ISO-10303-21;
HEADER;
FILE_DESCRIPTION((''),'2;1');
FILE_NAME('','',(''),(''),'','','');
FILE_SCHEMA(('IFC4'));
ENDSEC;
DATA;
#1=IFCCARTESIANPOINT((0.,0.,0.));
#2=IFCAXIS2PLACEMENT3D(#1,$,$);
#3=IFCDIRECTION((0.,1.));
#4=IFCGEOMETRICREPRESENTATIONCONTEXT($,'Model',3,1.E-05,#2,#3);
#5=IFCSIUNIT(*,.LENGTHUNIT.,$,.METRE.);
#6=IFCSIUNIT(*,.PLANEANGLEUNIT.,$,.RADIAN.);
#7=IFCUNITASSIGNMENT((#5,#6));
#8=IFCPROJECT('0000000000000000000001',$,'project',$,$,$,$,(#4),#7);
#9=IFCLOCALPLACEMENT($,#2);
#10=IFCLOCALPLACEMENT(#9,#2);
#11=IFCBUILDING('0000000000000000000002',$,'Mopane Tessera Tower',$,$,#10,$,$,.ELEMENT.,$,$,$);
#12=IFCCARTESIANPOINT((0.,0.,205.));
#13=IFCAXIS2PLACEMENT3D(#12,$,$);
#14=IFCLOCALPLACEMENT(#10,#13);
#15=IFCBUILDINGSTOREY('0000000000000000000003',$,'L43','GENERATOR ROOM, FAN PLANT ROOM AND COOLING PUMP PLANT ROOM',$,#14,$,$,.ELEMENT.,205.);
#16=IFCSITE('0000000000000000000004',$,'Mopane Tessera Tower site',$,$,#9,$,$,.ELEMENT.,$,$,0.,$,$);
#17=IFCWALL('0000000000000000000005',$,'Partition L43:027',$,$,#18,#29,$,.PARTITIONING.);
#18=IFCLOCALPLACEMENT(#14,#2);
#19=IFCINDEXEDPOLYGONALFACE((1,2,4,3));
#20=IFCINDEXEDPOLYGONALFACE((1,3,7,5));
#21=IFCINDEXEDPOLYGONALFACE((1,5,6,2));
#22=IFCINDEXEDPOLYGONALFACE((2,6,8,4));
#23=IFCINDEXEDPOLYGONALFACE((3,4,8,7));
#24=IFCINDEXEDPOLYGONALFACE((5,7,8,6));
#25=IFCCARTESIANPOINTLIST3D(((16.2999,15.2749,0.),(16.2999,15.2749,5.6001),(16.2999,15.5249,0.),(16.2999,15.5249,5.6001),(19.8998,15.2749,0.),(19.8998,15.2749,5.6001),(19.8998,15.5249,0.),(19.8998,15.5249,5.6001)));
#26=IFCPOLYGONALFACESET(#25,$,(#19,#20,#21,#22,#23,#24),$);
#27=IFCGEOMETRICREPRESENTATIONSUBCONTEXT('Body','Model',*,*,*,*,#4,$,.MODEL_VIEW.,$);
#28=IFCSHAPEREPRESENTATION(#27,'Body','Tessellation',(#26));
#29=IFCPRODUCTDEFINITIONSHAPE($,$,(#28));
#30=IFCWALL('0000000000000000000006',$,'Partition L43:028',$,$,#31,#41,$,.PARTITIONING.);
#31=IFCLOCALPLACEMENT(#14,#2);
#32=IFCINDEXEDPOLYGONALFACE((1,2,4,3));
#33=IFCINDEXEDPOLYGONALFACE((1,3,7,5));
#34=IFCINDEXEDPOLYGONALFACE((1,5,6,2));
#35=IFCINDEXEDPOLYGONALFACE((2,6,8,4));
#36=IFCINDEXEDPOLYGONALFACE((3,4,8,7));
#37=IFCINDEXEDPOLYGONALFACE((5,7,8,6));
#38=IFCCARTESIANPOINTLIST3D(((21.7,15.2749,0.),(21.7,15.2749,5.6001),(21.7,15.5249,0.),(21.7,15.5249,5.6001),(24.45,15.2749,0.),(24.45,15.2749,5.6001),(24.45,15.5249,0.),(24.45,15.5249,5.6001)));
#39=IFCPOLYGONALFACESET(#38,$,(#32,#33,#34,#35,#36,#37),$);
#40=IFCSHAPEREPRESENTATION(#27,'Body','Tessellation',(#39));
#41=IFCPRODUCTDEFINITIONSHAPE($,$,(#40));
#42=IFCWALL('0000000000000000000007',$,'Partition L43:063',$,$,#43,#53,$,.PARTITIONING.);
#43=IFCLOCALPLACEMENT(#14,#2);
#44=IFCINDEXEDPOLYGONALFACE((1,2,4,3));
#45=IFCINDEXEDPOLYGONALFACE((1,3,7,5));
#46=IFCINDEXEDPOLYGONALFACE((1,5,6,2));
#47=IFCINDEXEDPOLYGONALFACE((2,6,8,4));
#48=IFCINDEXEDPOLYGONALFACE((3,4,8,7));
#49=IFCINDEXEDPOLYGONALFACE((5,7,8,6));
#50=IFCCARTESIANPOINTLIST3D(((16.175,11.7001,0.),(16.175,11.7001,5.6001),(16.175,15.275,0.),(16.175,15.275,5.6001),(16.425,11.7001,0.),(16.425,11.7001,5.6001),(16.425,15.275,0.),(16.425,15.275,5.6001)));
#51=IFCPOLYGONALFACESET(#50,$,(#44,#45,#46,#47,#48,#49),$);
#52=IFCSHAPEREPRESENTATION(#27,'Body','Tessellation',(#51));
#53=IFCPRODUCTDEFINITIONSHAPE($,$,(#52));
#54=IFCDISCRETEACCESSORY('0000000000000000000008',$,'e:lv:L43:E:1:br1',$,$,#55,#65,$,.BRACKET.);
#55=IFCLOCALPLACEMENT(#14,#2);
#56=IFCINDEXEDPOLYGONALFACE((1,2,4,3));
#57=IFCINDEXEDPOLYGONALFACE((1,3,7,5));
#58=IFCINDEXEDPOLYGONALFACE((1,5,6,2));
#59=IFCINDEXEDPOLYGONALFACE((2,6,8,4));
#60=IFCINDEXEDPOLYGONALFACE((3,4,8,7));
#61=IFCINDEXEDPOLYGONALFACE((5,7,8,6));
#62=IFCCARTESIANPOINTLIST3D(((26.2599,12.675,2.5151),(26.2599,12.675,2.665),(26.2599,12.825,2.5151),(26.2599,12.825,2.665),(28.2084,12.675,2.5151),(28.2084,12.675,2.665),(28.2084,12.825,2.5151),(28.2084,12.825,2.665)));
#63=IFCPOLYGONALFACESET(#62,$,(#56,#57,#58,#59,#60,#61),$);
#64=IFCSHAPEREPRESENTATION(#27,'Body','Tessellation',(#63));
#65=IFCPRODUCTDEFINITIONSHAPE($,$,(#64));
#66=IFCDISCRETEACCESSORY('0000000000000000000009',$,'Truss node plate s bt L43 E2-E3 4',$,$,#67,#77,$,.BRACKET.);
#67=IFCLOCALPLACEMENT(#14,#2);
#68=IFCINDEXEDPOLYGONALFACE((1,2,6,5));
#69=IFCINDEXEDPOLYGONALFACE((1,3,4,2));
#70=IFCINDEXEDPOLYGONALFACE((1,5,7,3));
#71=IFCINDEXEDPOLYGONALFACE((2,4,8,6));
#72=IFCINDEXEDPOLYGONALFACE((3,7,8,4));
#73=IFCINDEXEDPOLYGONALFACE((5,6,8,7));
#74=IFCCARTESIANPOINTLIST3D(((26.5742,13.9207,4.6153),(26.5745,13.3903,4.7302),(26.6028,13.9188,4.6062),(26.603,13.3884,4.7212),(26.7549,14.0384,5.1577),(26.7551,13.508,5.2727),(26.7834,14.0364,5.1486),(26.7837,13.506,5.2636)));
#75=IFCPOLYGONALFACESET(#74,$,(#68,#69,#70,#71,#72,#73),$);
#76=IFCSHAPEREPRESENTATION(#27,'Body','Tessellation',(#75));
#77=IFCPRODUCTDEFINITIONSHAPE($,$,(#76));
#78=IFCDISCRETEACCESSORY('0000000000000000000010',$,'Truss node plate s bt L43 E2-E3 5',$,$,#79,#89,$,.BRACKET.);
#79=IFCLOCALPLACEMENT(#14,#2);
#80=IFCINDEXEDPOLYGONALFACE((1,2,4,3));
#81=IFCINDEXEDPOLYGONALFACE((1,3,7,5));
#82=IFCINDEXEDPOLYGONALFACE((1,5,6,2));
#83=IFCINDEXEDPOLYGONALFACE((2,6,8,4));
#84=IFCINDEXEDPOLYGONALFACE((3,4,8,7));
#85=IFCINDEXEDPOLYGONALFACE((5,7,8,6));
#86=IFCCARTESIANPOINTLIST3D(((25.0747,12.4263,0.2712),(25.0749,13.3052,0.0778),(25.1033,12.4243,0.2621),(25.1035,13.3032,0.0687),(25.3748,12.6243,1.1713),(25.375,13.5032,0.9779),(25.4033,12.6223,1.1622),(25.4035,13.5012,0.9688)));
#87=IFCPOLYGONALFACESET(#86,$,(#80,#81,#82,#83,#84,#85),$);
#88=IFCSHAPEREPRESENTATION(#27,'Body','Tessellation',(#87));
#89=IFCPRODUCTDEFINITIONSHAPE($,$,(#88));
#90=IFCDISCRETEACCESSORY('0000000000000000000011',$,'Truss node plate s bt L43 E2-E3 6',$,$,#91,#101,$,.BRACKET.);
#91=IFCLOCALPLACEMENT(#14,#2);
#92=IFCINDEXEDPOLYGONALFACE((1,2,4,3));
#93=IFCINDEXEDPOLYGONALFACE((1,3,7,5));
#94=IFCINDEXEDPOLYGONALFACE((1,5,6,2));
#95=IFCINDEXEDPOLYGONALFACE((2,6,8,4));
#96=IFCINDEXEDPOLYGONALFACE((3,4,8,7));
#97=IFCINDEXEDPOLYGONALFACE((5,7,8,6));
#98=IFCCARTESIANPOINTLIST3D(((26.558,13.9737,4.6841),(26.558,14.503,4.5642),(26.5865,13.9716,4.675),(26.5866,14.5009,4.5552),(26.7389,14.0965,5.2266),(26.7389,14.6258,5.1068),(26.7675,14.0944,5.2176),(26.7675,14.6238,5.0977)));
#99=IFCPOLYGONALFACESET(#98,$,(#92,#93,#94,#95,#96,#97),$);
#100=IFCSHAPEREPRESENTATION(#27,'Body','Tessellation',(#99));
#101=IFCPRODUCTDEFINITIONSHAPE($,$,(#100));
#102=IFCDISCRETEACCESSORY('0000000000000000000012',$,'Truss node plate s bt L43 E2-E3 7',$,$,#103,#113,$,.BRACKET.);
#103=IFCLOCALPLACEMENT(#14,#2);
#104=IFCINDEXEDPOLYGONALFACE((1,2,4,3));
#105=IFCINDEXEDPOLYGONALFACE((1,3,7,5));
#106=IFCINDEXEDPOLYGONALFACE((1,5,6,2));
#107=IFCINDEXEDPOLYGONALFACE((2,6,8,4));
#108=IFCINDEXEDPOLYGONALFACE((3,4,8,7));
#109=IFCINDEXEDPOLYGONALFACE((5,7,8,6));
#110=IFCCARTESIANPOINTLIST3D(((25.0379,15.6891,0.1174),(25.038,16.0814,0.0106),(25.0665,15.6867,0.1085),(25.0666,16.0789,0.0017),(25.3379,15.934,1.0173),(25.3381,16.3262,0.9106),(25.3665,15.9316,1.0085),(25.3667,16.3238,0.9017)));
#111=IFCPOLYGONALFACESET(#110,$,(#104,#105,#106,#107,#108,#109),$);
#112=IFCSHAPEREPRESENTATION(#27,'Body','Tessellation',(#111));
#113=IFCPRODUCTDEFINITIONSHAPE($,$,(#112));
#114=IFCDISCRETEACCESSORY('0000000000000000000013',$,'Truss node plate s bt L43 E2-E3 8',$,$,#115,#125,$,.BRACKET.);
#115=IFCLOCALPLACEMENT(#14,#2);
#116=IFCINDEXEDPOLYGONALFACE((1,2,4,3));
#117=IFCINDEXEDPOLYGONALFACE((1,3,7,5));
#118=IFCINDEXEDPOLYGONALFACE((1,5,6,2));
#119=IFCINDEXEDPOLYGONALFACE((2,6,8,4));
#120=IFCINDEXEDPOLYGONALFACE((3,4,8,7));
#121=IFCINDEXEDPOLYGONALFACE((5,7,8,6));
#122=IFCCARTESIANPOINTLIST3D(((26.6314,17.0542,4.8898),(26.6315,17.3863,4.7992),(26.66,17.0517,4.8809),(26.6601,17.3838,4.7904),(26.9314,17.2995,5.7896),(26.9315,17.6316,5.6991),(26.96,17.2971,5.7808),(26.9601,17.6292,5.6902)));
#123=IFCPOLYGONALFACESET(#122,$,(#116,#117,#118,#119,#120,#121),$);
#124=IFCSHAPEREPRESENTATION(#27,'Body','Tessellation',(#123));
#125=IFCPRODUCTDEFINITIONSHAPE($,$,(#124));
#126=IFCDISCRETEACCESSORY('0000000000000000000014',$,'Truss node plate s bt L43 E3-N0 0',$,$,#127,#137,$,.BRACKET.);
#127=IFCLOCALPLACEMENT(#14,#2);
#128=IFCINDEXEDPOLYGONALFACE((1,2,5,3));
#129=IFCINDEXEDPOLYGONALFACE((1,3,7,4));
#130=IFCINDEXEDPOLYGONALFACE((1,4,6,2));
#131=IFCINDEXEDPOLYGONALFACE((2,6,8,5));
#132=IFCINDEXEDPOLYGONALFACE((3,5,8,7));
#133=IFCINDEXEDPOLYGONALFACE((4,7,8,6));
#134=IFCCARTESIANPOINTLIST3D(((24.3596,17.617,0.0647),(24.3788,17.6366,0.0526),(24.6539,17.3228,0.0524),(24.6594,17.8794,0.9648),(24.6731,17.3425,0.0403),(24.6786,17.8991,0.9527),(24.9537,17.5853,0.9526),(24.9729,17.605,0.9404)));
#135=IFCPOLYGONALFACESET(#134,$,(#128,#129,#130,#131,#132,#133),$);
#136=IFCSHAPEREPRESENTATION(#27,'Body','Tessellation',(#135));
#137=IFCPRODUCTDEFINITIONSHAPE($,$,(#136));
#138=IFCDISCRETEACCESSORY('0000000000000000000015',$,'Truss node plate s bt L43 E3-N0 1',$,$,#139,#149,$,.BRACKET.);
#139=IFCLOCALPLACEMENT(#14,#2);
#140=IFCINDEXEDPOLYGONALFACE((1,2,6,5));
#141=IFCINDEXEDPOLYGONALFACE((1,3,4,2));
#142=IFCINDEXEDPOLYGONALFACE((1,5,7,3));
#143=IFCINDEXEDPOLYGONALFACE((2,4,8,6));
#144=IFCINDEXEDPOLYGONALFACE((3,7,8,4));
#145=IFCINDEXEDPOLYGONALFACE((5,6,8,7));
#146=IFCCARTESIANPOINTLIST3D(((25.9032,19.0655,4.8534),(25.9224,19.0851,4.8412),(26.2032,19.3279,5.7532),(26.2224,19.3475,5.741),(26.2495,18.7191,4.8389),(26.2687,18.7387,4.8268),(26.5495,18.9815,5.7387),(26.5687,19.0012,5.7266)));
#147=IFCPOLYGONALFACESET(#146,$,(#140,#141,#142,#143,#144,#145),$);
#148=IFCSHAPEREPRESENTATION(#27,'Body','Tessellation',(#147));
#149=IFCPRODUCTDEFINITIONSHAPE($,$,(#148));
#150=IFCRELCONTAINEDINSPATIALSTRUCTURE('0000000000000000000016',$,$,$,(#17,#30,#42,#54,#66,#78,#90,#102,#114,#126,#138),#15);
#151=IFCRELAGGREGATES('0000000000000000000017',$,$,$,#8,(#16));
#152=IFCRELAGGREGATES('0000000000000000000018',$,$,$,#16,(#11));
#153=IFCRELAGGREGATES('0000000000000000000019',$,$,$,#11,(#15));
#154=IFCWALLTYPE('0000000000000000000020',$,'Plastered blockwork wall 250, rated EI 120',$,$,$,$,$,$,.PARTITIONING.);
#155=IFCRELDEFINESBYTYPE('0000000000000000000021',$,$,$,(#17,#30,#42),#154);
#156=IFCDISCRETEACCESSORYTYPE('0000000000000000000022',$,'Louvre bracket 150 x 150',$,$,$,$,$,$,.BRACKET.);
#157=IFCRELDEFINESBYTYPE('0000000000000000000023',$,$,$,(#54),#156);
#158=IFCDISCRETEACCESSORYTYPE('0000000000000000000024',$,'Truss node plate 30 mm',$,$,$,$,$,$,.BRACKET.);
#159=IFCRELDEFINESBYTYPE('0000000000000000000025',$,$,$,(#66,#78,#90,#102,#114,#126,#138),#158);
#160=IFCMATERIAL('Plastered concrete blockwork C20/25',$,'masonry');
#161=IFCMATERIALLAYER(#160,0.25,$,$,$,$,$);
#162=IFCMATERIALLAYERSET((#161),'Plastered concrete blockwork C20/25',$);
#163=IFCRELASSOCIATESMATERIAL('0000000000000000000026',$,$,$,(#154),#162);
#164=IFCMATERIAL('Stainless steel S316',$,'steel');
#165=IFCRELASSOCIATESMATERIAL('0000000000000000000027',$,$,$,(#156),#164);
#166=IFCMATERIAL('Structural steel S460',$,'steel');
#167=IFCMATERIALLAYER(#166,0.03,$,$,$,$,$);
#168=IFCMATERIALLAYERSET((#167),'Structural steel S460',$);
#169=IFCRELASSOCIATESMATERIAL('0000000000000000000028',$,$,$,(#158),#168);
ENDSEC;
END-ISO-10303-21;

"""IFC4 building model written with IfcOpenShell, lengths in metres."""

from ifc_helpers import new_model, si_unit, direction, frame, frame_2d, origin, origin_2d, place, context, subcontext, project, spatial, rectangle, extrude, material, layer, layer_set, type_object, element, save


model = new_model("IFC4")

# Units and contexts
model_context = context("Model", 3, precision=1e-05, world=origin(), true_north=direction((0.0, 1.0)))
body_context = subcontext(model_context, "Body", "Model", "MODEL_VIEW")
ifc_project = project(units=[si_unit("LENGTHUNIT", "METRE"), si_unit("PLANEANGLEUNIT", "RADIAN")], contexts=[model_context])

# Site, building, storey
site_placement = place(None, origin())
site = spatial("IfcSite", under=ifc_project, at=site_placement, Name="Mopane Tessera Tower site", CompositionType="ELEMENT", RefElevation=0.0)
building_placement = place(site_placement, origin())
building = spatial("IfcBuilding", under=site, at=building_placement, Name="Mopane Tessera Tower", CompositionType="ELEMENT")
storey_placement = place(building_placement, frame((0.0, 0.0, 205.0)))
storey = spatial("IfcBuildingStorey", under=building, at=storey_placement, Name="L43", Description="GENERATOR ROOM, FAN PLANT ROOM AND COOLING PUMP PLANT ROOM", CompositionType="ELEMENT", Elevation=205.0)

# Walls
ifc_material_1 = material(Name="Plastered concrete blockwork C20/25", Category="masonry")
ifc_layer_1 = layer(ifc_material_1, 0.25)
ifc_layer_set_1 = layer_set([ifc_layer_1], Name="Plastered concrete blockwork C20/25")
wall_type_1 = type_object("IfcWallType", Name="Plastered blockwork wall 250, rated EI 120", PredefinedType="PARTITIONING", material=ifc_layer_set_1)
wall_1_placement = place(storey_placement, frame((16.3, 15.3999, 0.0), z_axis=(0.0, 0.0, 1.0), x_axis=(1.0, 0.0, 0.0)))
element("IfcWall", 1, at=wall_1_placement, inside=storey, type_object=wall_type_1, Name="Partition L43:027", PredefinedType="PARTITIONING", context=body_context, shape_type="SweptSolid", body=[
    extrude(rectangle(XDim=3.5999, YDim=0.25, at=frame_2d((1.7998, 0.0))), origin(), (0.0, 0.0, 1.0), 5.6001),
])
wall_2_placement = place(storey_placement, frame((21.7, 15.3999, 0.0), z_axis=(0.0, 0.0, 1.0), x_axis=(1.0, 0.0, 0.0)))
element("IfcWall", 2, at=wall_2_placement, inside=storey, type_object=wall_type_1, Name="Partition L43:028", PredefinedType="PARTITIONING", context=body_context, shape_type="SweptSolid", body=[
    extrude(rectangle(XDim=2.75, YDim=0.25, at=frame_2d((1.375, 0.0))), origin(), (0.0, 0.0, 1.0), 5.6001),
])
wall_3_placement = place(storey_placement, frame((16.3, 11.7, 0.0), z_axis=(0.0, 0.0, 1.0), x_axis=(0.0, 1.0, 0.0)))
element("IfcWall", 3, at=wall_3_placement, inside=storey, type_object=wall_type_1, Name="Partition L43:063", PredefinedType="PARTITIONING", context=body_context, shape_type="SweptSolid", body=[
    extrude(rectangle(XDim=3.575, YDim=0.25, at=frame_2d((1.7876, 0.0))), origin(), (0.0, 0.0, 1.0), 5.6001),
])

# Discrete accessories
ifc_material_2 = material(Name="Stainless steel S316", Category="steel")
discrete_accessory_type_1 = type_object("IfcDiscreteAccessoryType", Name="Louvre bracket 150 x 150", PredefinedType="BRACKET", material=ifc_material_2)
discrete_accessory_1_placement = place(storey_placement, frame((27.2341, 12.75, 2.5151), z_axis=(0.0, 0.0, 1.0), x_axis=(1.0, 0.0, 0.0)))
element("IfcDiscreteAccessory", 4, at=discrete_accessory_1_placement, inside=storey, type_object=discrete_accessory_type_1, Name="e:lv:L43:E:1:br1", PredefinedType="BRACKET", context=body_context, shape_type="SweptSolid", body=[
    extrude(rectangle(XDim=1.9485, YDim=0.1499, at=origin_2d()), origin(), (0.0, 0.0, 1.0), 0.1499),
])
ifc_material_3 = material(Name="Structural steel S460", Category="steel")
ifc_layer_2 = layer(ifc_material_3, 0.03)
ifc_layer_set_2 = layer_set([ifc_layer_2], Name="Structural steel S460")
discrete_accessory_type_2 = type_object("IfcDiscreteAccessoryType", Name="Truss node plate 30 mm", PredefinedType="BRACKET", material=ifc_layer_set_2)
discrete_accessory_2_placement = place(storey_placement, frame((26.5886, 13.6545, 4.6682), z_axis=(0.309485, 0.201584, 0.929292), x_axis=(-0.950904, 0.065173, 0.302545)))
element("IfcDiscreteAccessory", 5, at=discrete_accessory_2_placement, inside=storey, type_object=discrete_accessory_type_2, Name="Truss node plate s bt L43 E2-E3 4", PredefinedType="BRACKET", context=body_context, shape_type="SweptSolid", body=[
    extrude(rectangle(XDim=0.03, YDim=0.5427, at=origin_2d()), origin(), (0.0, 0.0, 1.0), 0.5837),
])
discrete_accessory_3_placement = place(storey_placement, frame((25.0891, 12.8647, 0.1699), z_axis=(0.30956, 0.204274, 0.928679), x_axis=(-0.95088, 0.066739, 0.30228)))
element("IfcDiscreteAccessory", 6, at=discrete_accessory_3_placement, inside=storey, type_object=discrete_accessory_type_2, Name="Truss node plate s bt L43 E2-E3 5", PredefinedType="BRACKET", context=body_context, shape_type="SweptSolid", body=[
    extrude(rectangle(XDim=0.03, YDim=0.8999, at=origin_2d()), origin(), (0.0, 0.0, 1.0), 0.9692),
])
discrete_accessory_4_placement = place(storey_placement, frame((26.5723, 14.2373, 4.6196), z_axis=(0.309304, 0.20996, 0.927495), x_axis=(-0.950963, 0.068379, 0.301651)))
element("IfcDiscreteAccessory", 7, at=discrete_accessory_4_placement, inside=storey, type_object=discrete_accessory_type_2, Name="Truss node plate s bt L43 E2-E3 6", PredefinedType="BRACKET", context=body_context, shape_type="SweptSolid", body=[
    extrude(rectangle(XDim=0.03, YDim=0.5427, at=origin_2d()), origin(), (0.0, 0.0, 1.0), 0.585),
])
discrete_accessory_5_placement = place(storey_placement, frame((25.0522, 15.884, 0.0596), z_axis=(0.306265, 0.249946, 0.918547), x_axis=(-0.951946, 0.080772, 0.295422)))
element("IfcDiscreteAccessory", 8, at=discrete_accessory_5_placement, inside=storey, type_object=discrete_accessory_type_2, Name="Truss node plate s bt L43 E2-E3 7", PredefinedType="BRACKET", context=body_context, shape_type="SweptSolid", body=[
    extrude(rectangle(XDim=0.03, YDim=0.4065, at=origin_2d()), origin(), (0.0, 0.0, 1.0), 0.9797),
])
discrete_accessory_6_placement = place(storey_placement, frame((26.6458, 17.219, 4.8401), z_axis=(0.306227, 0.250414, 0.918432), x_axis=(-0.951958, 0.080889, 0.295351)))
element("IfcDiscreteAccessory", 9, at=discrete_accessory_6_placement, inside=storey, type_object=discrete_accessory_type_2, Name="Truss node plate s bt L43 E2-E3 8", PredefinedType="BRACKET", context=body_context, shape_type="SweptSolid", body=[
    extrude(rectangle(XDim=0.03, YDim=0.3442, at=origin_2d()), origin(), (0.0, 0.0, 1.0), 0.9797),
])
discrete_accessory_7_placement = place(storey_placement, frame((24.5164, 17.4797, 0.0525), z_axis=(0.304558, 0.266613, 0.914419), x_axis=(-0.638311, -0.65543, 0.403697)))
element("IfcDiscreteAccessory", 10, at=discrete_accessory_7_placement, inside=storey, type_object=discrete_accessory_type_2, Name="Truss node plate s bt L43 E3-N0 0", PredefinedType="BRACKET", context=body_context, shape_type="SweptSolid", body=[
    extrude(rectangle(XDim=0.03, YDim=0.4163, at=origin_2d()), origin(), (0.0, 0.0, 1.0), 0.9844),
])
discrete_accessory_8_placement = place(storey_placement, frame((26.0859, 18.9021, 4.8401), z_axis=(0.304852, 0.266653, 0.914309), x_axis=(-0.638493, -0.6551, 0.403945)))
element("IfcDiscreteAccessory", 11, at=discrete_accessory_8_placement, inside=storey, type_object=discrete_accessory_type_2, Name="Truss node plate s bt L43 E3-N0 1", PredefinedType="BRACKET", context=body_context, shape_type="SweptSolid", body=[
    extrude(rectangle(XDim=0.03, YDim=0.49, at=origin_2d()), origin(), (0.0, 0.0, 1.0), 0.9841),
])

save(model, "model.ifc")
